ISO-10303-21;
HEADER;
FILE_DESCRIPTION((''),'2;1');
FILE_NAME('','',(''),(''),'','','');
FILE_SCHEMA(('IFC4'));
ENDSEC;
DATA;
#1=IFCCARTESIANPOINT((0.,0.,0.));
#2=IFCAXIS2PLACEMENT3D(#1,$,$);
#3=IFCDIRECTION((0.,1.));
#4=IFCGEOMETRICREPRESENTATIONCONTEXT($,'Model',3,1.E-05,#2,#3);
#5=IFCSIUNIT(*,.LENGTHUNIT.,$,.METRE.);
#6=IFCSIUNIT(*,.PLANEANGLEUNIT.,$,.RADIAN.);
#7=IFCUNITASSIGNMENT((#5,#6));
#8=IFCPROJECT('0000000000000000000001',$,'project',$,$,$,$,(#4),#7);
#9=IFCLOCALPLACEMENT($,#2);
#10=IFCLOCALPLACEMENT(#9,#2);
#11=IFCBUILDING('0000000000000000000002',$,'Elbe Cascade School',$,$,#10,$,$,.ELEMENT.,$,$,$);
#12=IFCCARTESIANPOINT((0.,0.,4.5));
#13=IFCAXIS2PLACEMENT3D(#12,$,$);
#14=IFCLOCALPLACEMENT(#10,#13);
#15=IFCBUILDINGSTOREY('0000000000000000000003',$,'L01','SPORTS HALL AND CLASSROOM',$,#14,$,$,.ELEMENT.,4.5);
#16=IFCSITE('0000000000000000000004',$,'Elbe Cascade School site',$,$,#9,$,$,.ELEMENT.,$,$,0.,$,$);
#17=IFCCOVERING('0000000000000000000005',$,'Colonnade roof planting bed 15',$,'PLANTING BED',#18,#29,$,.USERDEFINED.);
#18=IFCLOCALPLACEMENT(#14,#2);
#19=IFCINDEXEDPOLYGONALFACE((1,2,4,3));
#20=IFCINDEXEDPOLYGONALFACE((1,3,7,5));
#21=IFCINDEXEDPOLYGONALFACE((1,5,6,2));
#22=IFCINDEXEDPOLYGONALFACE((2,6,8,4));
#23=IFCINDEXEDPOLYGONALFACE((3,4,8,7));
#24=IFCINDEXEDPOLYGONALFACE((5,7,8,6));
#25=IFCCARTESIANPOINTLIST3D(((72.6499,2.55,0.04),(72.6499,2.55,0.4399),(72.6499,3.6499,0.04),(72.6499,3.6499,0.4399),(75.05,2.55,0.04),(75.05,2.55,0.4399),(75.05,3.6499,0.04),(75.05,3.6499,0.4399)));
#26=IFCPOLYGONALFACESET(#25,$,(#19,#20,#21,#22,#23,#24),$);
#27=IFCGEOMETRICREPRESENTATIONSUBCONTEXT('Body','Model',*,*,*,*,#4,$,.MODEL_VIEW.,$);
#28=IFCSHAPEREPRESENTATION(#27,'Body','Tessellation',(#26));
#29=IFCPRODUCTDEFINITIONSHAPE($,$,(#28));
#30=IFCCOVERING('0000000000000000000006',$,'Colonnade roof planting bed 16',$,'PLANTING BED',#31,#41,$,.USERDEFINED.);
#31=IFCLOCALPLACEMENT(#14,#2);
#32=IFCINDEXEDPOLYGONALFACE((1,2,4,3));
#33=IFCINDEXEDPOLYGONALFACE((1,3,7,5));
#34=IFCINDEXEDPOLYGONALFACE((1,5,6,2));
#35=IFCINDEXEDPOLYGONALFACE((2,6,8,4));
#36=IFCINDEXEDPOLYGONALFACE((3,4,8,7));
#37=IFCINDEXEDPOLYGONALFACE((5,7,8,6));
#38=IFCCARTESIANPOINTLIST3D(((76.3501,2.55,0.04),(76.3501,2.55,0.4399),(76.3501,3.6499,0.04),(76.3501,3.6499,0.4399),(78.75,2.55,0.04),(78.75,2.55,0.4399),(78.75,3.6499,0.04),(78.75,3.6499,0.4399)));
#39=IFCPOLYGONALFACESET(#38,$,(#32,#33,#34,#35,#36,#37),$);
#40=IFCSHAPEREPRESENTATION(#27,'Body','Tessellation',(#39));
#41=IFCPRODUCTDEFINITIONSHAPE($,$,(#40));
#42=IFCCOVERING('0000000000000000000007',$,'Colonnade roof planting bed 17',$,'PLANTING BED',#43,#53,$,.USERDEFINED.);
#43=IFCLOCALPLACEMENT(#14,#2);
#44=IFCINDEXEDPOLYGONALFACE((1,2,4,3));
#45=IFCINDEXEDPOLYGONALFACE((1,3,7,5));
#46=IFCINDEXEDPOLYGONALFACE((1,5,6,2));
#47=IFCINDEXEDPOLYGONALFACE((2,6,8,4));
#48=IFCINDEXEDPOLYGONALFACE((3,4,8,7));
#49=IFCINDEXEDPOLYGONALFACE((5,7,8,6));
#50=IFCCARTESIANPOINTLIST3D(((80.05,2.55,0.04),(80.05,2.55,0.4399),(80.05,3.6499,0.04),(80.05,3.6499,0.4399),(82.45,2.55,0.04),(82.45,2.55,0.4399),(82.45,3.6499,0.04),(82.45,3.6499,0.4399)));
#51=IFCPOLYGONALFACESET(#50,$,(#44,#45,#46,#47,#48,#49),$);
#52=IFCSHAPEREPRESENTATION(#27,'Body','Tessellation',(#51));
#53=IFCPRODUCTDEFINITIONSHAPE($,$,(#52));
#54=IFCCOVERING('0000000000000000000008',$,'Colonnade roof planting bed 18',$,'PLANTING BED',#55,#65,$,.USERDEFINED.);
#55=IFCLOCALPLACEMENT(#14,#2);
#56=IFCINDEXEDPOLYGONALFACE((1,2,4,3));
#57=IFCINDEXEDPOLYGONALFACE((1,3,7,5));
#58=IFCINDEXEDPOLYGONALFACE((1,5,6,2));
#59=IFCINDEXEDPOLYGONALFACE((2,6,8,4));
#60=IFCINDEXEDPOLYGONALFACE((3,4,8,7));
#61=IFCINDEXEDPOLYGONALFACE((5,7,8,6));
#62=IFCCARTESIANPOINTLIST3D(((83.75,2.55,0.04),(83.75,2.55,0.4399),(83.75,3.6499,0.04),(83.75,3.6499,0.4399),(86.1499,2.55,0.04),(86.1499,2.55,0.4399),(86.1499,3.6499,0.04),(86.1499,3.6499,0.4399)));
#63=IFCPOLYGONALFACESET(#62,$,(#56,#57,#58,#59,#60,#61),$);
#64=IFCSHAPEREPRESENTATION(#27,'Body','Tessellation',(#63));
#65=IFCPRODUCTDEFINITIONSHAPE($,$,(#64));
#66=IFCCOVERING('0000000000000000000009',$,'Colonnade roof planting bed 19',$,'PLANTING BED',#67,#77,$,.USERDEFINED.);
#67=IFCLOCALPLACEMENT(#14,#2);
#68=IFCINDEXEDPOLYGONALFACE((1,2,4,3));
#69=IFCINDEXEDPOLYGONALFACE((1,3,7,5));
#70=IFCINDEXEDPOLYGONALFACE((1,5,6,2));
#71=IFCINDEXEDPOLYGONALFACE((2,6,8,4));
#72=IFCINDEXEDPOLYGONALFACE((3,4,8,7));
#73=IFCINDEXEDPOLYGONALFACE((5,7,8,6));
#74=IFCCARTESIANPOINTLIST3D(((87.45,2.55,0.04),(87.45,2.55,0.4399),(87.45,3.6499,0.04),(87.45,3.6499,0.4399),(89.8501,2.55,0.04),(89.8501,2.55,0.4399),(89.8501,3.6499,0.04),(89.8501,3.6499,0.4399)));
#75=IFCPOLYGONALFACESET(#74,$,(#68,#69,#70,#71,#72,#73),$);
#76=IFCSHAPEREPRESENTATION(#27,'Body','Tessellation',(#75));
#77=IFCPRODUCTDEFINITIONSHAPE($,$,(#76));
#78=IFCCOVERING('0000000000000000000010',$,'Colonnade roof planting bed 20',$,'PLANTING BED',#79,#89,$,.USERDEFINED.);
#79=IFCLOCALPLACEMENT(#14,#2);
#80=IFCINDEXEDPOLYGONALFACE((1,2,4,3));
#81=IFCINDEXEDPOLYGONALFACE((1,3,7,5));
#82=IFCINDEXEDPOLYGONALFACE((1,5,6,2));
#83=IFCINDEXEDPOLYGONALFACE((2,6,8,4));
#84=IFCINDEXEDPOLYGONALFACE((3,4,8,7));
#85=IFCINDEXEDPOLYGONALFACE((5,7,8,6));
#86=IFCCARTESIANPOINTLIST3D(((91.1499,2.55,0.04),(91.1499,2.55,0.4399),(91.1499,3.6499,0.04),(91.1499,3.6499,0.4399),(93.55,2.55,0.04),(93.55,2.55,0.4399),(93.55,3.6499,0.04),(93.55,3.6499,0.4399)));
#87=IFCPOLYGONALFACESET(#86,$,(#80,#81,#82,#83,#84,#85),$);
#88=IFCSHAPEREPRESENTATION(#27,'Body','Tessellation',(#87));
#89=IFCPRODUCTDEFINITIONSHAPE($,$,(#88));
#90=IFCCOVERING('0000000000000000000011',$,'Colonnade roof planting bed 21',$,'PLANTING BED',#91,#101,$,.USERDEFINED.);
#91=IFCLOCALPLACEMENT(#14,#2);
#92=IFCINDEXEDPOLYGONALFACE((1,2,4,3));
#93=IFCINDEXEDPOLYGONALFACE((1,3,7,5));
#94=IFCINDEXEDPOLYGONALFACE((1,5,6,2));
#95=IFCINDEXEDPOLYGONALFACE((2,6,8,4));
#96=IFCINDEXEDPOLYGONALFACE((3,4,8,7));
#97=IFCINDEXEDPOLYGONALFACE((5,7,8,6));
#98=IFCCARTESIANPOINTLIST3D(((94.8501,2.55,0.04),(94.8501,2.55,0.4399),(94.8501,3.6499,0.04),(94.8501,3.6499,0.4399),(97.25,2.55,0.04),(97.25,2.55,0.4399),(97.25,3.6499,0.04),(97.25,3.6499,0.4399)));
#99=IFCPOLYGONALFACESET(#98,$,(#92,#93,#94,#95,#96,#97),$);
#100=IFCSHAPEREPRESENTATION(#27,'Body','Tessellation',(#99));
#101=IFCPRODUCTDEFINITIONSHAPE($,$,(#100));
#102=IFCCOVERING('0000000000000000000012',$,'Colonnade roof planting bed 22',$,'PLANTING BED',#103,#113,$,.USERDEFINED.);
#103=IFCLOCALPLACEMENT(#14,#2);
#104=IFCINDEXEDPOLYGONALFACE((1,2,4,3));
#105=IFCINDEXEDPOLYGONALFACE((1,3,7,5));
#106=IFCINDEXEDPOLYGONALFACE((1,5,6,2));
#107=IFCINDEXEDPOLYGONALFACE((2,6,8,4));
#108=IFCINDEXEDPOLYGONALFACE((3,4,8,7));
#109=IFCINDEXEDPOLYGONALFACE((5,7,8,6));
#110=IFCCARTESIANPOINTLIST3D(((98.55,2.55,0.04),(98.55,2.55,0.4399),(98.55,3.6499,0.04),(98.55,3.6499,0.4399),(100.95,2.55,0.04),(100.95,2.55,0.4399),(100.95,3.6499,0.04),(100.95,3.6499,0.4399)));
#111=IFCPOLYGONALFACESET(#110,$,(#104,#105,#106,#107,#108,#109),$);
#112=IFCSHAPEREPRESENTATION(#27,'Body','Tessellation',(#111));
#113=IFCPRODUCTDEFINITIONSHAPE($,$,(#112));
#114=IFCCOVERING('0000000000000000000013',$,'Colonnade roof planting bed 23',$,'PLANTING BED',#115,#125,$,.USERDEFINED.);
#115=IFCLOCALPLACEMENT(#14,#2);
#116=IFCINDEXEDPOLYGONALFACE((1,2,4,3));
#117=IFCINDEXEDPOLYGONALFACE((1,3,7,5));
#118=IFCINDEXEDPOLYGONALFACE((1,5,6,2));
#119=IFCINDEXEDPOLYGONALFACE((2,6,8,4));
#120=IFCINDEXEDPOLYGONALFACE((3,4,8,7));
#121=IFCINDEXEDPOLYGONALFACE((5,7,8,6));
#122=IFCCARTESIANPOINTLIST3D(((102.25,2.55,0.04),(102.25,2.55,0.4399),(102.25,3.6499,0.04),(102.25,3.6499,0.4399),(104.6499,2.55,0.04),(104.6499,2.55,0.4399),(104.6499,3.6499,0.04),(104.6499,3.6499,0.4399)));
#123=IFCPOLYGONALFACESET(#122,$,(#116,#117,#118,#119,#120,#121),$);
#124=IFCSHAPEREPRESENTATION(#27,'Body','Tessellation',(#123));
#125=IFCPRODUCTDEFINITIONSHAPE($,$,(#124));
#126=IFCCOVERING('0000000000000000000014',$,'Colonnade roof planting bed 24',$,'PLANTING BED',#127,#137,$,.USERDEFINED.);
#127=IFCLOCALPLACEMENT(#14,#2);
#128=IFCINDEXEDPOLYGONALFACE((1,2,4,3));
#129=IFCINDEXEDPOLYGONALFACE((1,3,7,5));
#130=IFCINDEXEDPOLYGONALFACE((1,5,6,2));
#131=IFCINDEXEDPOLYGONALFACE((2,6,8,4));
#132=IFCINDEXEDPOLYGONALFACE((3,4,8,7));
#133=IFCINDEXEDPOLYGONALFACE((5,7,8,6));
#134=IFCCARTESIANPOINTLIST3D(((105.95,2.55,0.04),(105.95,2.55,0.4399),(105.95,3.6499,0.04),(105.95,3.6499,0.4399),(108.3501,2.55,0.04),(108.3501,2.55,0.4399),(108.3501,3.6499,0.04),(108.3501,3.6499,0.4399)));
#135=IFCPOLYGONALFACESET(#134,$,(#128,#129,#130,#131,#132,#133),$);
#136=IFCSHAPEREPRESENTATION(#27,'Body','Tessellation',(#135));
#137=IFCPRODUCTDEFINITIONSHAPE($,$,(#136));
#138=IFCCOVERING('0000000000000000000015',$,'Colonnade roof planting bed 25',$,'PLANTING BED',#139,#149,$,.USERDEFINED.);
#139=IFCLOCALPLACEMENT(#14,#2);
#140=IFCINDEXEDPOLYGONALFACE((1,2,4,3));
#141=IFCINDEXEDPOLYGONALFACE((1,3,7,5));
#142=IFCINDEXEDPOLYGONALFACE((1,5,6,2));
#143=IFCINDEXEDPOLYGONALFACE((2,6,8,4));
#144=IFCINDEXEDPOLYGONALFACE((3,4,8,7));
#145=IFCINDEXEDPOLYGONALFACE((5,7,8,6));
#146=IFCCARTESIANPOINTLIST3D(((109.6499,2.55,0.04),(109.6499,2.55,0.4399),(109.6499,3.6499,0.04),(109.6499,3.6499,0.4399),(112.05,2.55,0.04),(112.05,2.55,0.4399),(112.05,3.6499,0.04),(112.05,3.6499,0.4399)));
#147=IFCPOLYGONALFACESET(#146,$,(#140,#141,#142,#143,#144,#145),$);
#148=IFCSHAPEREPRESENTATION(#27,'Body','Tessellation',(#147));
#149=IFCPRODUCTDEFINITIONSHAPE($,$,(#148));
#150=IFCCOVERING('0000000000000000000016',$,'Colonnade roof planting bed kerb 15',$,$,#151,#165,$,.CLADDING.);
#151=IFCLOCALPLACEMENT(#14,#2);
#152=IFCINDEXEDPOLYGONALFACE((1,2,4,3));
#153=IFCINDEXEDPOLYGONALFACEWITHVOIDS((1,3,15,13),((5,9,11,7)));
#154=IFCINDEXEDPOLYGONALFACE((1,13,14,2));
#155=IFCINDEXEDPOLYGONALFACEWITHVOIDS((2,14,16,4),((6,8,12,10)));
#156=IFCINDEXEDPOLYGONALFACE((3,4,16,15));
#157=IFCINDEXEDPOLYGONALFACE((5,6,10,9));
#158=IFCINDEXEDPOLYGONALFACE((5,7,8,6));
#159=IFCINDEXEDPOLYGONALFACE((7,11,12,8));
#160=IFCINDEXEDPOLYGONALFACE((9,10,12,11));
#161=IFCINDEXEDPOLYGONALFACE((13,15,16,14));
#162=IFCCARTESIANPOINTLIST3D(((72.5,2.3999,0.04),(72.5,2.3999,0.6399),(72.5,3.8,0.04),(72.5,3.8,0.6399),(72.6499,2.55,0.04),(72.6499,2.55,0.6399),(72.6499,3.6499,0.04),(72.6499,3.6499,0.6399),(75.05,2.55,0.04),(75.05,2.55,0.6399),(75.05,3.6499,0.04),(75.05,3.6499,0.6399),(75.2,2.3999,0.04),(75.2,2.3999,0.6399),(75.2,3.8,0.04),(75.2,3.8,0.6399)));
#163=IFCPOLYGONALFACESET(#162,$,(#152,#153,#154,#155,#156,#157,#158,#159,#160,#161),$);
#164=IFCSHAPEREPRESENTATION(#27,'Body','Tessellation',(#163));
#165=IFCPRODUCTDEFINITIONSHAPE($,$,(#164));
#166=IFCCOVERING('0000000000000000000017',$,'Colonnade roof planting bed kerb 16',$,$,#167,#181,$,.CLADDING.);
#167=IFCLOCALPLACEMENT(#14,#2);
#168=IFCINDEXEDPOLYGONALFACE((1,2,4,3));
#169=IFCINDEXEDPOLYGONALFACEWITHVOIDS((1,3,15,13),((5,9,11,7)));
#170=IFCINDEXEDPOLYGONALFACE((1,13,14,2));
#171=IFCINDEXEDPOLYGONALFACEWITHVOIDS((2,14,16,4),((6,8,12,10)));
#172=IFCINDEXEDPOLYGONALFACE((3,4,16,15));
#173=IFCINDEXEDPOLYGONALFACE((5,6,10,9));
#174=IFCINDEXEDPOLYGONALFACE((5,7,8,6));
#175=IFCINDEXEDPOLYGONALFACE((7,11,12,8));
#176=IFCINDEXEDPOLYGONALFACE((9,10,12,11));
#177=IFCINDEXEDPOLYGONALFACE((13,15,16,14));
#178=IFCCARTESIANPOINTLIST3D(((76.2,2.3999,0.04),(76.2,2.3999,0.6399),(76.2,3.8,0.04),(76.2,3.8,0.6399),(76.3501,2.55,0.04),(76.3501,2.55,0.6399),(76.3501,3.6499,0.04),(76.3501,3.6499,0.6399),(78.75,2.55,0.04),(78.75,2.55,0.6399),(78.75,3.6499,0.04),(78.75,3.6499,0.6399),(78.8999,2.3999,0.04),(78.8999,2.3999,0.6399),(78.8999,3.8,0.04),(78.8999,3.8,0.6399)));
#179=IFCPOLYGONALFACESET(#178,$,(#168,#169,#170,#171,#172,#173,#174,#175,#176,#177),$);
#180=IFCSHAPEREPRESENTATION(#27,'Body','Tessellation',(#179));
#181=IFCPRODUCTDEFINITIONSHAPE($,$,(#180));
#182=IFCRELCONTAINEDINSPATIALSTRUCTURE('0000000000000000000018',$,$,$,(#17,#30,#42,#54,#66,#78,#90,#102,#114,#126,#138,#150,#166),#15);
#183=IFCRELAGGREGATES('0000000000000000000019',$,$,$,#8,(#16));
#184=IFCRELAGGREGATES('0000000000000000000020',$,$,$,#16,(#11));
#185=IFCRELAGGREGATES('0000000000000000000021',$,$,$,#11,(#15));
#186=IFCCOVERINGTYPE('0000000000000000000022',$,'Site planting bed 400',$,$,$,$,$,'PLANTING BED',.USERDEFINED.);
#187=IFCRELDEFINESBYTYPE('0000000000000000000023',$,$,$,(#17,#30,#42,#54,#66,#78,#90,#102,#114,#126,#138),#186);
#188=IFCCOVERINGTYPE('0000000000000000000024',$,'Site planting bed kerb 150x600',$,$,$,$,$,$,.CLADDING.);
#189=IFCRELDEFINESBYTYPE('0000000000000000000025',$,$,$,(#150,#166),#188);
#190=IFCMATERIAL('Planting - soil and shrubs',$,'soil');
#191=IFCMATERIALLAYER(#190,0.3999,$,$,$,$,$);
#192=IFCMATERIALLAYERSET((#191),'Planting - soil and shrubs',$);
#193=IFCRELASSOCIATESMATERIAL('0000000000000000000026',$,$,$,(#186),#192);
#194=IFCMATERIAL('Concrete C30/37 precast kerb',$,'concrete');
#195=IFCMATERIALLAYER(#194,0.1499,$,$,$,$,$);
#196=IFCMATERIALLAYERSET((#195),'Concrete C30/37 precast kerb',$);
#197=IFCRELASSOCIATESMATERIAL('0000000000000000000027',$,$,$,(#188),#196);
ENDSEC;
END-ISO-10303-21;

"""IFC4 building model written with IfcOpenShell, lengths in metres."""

from ifc_helpers import new_model, si_unit, direction, frame, origin, place, context, subcontext, project, spatial, polyline, outline, extrude, material, layer, layer_set, type_object, element, save


model = new_model("IFC4")

# Units and contexts
model_context = context("Model", 3, precision=1e-05, world=origin(), true_north=direction((0.0, 1.0)))
body_context = subcontext(model_context, "Body", "Model", "MODEL_VIEW")
ifc_project = project(units=[si_unit("LENGTHUNIT", "METRE"), si_unit("PLANEANGLEUNIT", "RADIAN")], contexts=[model_context])

# Site, building, storey
site_placement = place(None, origin())
site = spatial("IfcSite", under=ifc_project, at=site_placement, Name="Elbe Cascade School site", CompositionType="ELEMENT", RefElevation=0.0)
building_placement = place(site_placement, origin())
building = spatial("IfcBuilding", under=site, at=building_placement, Name="Elbe Cascade School", CompositionType="ELEMENT")
storey_placement = place(building_placement, frame((0.0, 0.0, 4.5)))
storey = spatial("IfcBuildingStorey", under=building, at=storey_placement, Name="L01", Description="SPORTS HALL AND CLASSROOM", CompositionType="ELEMENT", Elevation=4.5)

# Coverings
ifc_material_1 = material(Name="Planting - soil and shrubs", Category="soil")
ifc_layer_1 = layer(ifc_material_1, 0.3999)
ifc_layer_set_1 = layer_set([ifc_layer_1], Name="Planting - soil and shrubs")
covering_type_1 = type_object("IfcCoveringType", Name="Site planting bed 400", ElementType="PLANTING BED", PredefinedType="USERDEFINED", material=ifc_layer_set_1)
covering_1_placement = place(storey_placement, frame((0.0, 0.0, 0.04)))
element("IfcCovering", 1, at=covering_1_placement, inside=storey, type_object=covering_type_1, Name="Colonnade roof planting bed 15", ObjectType="PLANTING BED", PredefinedType="USERDEFINED", context=body_context, shape_type="SweptSolid", body=[
    extrude(outline(polyline([(72.6499, 2.55), (75.05, 2.55), (75.05, 3.6499), (72.6499, 3.6499), (72.6499, 2.55)])), origin(), (0.0, 0.0, 1.0), 0.3999),
])
covering_2_placement = place(storey_placement, frame((0.0, 0.0, 0.04)))
element("IfcCovering", 2, at=covering_2_placement, inside=storey, type_object=covering_type_1, Name="Colonnade roof planting bed 16", ObjectType="PLANTING BED", PredefinedType="USERDEFINED", context=body_context, shape_type="SweptSolid", body=[
    extrude(outline(polyline([(76.3501, 2.55), (78.75, 2.55), (78.75, 3.6499), (76.3501, 3.6499), (76.3501, 2.55)])), origin(), (0.0, 0.0, 1.0), 0.3999),
])
covering_3_placement = place(storey_placement, frame((0.0, 0.0, 0.04)))
element("IfcCovering", 3, at=covering_3_placement, inside=storey, type_object=covering_type_1, Name="Colonnade roof planting bed 17", ObjectType="PLANTING BED", PredefinedType="USERDEFINED", context=body_context, shape_type="SweptSolid", body=[
    extrude(outline(polyline([(80.05, 2.55), (82.45, 2.55), (82.45, 3.6499), (80.05, 3.6499), (80.05, 2.55)])), origin(), (0.0, 0.0, 1.0), 0.3999),
])
covering_4_placement = place(storey_placement, frame((0.0, 0.0, 0.04)))
element("IfcCovering", 4, at=covering_4_placement, inside=storey, type_object=covering_type_1, Name="Colonnade roof planting bed 18", ObjectType="PLANTING BED", PredefinedType="USERDEFINED", context=body_context, shape_type="SweptSolid", body=[
    extrude(outline(polyline([(83.75, 2.55), (86.1499, 2.55), (86.1499, 3.6499), (83.75, 3.6499), (83.75, 2.55)])), origin(), (0.0, 0.0, 1.0), 0.3999),
])
covering_5_placement = place(storey_placement, frame((0.0, 0.0, 0.04)))
element("IfcCovering", 5, at=covering_5_placement, inside=storey, type_object=covering_type_1, Name="Colonnade roof planting bed 19", ObjectType="PLANTING BED", PredefinedType="USERDEFINED", context=body_context, shape_type="SweptSolid", body=[
    extrude(outline(polyline([(87.45, 2.55), (89.8501, 2.55), (89.8501, 3.6499), (87.45, 3.6499), (87.45, 2.55)])), origin(), (0.0, 0.0, 1.0), 0.3999),
])
covering_6_placement = place(storey_placement, frame((0.0, 0.0, 0.04)))
element("IfcCovering", 6, at=covering_6_placement, inside=storey, type_object=covering_type_1, Name="Colonnade roof planting bed 20", ObjectType="PLANTING BED", PredefinedType="USERDEFINED", context=body_context, shape_type="SweptSolid", body=[
    extrude(outline(polyline([(91.1499, 2.55), (93.55, 2.55), (93.55, 3.6499), (91.1499, 3.6499), (91.1499, 2.55)])), origin(), (0.0, 0.0, 1.0), 0.3999),
])
covering_7_placement = place(storey_placement, frame((0.0, 0.0, 0.04)))
element("IfcCovering", 7, at=covering_7_placement, inside=storey, type_object=covering_type_1, Name="Colonnade roof planting bed 21", ObjectType="PLANTING BED", PredefinedType="USERDEFINED", context=body_context, shape_type="SweptSolid", body=[
    extrude(outline(polyline([(94.8501, 2.55), (97.25, 2.55), (97.25, 3.6499), (94.8501, 3.6499), (94.8501, 2.55)])), origin(), (0.0, 0.0, 1.0), 0.3999),
])
covering_8_placement = place(storey_placement, frame((0.0, 0.0, 0.04)))
element("IfcCovering", 8, at=covering_8_placement, inside=storey, type_object=covering_type_1, Name="Colonnade roof planting bed 22", ObjectType="PLANTING BED", PredefinedType="USERDEFINED", context=body_context, shape_type="SweptSolid", body=[
    extrude(outline(polyline([(98.55, 2.55), (100.95, 2.55), (100.95, 3.6499), (98.55, 3.6499), (98.55, 2.55)])), origin(), (0.0, 0.0, 1.0), 0.3999),
])
covering_9_placement = place(storey_placement, frame((0.0, 0.0, 0.04)))
element("IfcCovering", 9, at=covering_9_placement, inside=storey, type_object=covering_type_1, Name="Colonnade roof planting bed 23", ObjectType="PLANTING BED", PredefinedType="USERDEFINED", context=body_context, shape_type="SweptSolid", body=[
    extrude(outline(polyline([(102.25, 2.55), (104.6499, 2.55), (104.6499, 3.6499), (102.25, 3.6499), (102.25, 2.55)])), origin(), (0.0, 0.0, 1.0), 0.3999),
])
covering_10_placement = place(storey_placement, frame((0.0, 0.0, 0.04)))
element("IfcCovering", 10, at=covering_10_placement, inside=storey, type_object=covering_type_1, Name="Colonnade roof planting bed 24", ObjectType="PLANTING BED", PredefinedType="USERDEFINED", context=body_context, shape_type="SweptSolid", body=[
    extrude(outline(polyline([(105.95, 2.55), (108.3501, 2.55), (108.3501, 3.6499), (105.95, 3.6499), (105.95, 2.55)])), origin(), (0.0, 0.0, 1.0), 0.3999),
])
covering_11_placement = place(storey_placement, frame((0.0, 0.0, 0.04)))
element("IfcCovering", 11, at=covering_11_placement, inside=storey, type_object=covering_type_1, Name="Colonnade roof planting bed 25", ObjectType="PLANTING BED", PredefinedType="USERDEFINED", context=body_context, shape_type="SweptSolid", body=[
    extrude(outline(polyline([(109.6499, 2.55), (112.05, 2.55), (112.05, 3.6499), (109.6499, 3.6499), (109.6499, 2.55)])), origin(), (0.0, 0.0, 1.0), 0.3999),
])
ifc_material_2 = material(Name="Concrete C30/37 precast kerb", Category="concrete")
ifc_layer_2 = layer(ifc_material_2, 0.1499)
ifc_layer_set_2 = layer_set([ifc_layer_2], Name="Concrete C30/37 precast kerb")
covering_type_2 = type_object("IfcCoveringType", Name="Site planting bed kerb 150x600", PredefinedType="CLADDING", material=ifc_layer_set_2)
covering_12_placement = place(storey_placement, frame((0.0, 0.0, 0.04)))
element("IfcCovering", 12, at=covering_12_placement, inside=storey, type_object=covering_type_2, Name="Colonnade roof planting bed kerb 15", PredefinedType="CLADDING", context=body_context, shape_type="SweptSolid", body=[
    extrude(outline(polyline([(72.5, 2.3999), (75.2, 2.3999), (75.2, 3.8), (72.5, 3.8), (72.5, 2.3999)]), holes=[polyline([(72.6499, 2.55), (75.05, 2.55), (75.05, 3.6499), (72.6499, 3.6499), (72.6499, 2.55)])]), origin(), (0.0, 0.0, 1.0), 0.5999),
])
covering_13_placement = place(storey_placement, frame((0.0, 0.0, 0.04)))
element("IfcCovering", 13, at=covering_13_placement, inside=storey, type_object=covering_type_2, Name="Colonnade roof planting bed kerb 16", PredefinedType="CLADDING", context=body_context, shape_type="SweptSolid", body=[
    extrude(outline(polyline([(76.2, 2.3999), (78.8999, 2.3999), (78.8999, 3.8), (76.2, 3.8), (76.2, 2.3999)]), holes=[polyline([(76.3501, 2.55), (78.75, 2.55), (78.75, 3.6499), (76.3501, 3.6499), (76.3501, 2.55)])]), origin(), (0.0, 0.0, 1.0), 0.5999),
])

save(model, "model.ifc")
